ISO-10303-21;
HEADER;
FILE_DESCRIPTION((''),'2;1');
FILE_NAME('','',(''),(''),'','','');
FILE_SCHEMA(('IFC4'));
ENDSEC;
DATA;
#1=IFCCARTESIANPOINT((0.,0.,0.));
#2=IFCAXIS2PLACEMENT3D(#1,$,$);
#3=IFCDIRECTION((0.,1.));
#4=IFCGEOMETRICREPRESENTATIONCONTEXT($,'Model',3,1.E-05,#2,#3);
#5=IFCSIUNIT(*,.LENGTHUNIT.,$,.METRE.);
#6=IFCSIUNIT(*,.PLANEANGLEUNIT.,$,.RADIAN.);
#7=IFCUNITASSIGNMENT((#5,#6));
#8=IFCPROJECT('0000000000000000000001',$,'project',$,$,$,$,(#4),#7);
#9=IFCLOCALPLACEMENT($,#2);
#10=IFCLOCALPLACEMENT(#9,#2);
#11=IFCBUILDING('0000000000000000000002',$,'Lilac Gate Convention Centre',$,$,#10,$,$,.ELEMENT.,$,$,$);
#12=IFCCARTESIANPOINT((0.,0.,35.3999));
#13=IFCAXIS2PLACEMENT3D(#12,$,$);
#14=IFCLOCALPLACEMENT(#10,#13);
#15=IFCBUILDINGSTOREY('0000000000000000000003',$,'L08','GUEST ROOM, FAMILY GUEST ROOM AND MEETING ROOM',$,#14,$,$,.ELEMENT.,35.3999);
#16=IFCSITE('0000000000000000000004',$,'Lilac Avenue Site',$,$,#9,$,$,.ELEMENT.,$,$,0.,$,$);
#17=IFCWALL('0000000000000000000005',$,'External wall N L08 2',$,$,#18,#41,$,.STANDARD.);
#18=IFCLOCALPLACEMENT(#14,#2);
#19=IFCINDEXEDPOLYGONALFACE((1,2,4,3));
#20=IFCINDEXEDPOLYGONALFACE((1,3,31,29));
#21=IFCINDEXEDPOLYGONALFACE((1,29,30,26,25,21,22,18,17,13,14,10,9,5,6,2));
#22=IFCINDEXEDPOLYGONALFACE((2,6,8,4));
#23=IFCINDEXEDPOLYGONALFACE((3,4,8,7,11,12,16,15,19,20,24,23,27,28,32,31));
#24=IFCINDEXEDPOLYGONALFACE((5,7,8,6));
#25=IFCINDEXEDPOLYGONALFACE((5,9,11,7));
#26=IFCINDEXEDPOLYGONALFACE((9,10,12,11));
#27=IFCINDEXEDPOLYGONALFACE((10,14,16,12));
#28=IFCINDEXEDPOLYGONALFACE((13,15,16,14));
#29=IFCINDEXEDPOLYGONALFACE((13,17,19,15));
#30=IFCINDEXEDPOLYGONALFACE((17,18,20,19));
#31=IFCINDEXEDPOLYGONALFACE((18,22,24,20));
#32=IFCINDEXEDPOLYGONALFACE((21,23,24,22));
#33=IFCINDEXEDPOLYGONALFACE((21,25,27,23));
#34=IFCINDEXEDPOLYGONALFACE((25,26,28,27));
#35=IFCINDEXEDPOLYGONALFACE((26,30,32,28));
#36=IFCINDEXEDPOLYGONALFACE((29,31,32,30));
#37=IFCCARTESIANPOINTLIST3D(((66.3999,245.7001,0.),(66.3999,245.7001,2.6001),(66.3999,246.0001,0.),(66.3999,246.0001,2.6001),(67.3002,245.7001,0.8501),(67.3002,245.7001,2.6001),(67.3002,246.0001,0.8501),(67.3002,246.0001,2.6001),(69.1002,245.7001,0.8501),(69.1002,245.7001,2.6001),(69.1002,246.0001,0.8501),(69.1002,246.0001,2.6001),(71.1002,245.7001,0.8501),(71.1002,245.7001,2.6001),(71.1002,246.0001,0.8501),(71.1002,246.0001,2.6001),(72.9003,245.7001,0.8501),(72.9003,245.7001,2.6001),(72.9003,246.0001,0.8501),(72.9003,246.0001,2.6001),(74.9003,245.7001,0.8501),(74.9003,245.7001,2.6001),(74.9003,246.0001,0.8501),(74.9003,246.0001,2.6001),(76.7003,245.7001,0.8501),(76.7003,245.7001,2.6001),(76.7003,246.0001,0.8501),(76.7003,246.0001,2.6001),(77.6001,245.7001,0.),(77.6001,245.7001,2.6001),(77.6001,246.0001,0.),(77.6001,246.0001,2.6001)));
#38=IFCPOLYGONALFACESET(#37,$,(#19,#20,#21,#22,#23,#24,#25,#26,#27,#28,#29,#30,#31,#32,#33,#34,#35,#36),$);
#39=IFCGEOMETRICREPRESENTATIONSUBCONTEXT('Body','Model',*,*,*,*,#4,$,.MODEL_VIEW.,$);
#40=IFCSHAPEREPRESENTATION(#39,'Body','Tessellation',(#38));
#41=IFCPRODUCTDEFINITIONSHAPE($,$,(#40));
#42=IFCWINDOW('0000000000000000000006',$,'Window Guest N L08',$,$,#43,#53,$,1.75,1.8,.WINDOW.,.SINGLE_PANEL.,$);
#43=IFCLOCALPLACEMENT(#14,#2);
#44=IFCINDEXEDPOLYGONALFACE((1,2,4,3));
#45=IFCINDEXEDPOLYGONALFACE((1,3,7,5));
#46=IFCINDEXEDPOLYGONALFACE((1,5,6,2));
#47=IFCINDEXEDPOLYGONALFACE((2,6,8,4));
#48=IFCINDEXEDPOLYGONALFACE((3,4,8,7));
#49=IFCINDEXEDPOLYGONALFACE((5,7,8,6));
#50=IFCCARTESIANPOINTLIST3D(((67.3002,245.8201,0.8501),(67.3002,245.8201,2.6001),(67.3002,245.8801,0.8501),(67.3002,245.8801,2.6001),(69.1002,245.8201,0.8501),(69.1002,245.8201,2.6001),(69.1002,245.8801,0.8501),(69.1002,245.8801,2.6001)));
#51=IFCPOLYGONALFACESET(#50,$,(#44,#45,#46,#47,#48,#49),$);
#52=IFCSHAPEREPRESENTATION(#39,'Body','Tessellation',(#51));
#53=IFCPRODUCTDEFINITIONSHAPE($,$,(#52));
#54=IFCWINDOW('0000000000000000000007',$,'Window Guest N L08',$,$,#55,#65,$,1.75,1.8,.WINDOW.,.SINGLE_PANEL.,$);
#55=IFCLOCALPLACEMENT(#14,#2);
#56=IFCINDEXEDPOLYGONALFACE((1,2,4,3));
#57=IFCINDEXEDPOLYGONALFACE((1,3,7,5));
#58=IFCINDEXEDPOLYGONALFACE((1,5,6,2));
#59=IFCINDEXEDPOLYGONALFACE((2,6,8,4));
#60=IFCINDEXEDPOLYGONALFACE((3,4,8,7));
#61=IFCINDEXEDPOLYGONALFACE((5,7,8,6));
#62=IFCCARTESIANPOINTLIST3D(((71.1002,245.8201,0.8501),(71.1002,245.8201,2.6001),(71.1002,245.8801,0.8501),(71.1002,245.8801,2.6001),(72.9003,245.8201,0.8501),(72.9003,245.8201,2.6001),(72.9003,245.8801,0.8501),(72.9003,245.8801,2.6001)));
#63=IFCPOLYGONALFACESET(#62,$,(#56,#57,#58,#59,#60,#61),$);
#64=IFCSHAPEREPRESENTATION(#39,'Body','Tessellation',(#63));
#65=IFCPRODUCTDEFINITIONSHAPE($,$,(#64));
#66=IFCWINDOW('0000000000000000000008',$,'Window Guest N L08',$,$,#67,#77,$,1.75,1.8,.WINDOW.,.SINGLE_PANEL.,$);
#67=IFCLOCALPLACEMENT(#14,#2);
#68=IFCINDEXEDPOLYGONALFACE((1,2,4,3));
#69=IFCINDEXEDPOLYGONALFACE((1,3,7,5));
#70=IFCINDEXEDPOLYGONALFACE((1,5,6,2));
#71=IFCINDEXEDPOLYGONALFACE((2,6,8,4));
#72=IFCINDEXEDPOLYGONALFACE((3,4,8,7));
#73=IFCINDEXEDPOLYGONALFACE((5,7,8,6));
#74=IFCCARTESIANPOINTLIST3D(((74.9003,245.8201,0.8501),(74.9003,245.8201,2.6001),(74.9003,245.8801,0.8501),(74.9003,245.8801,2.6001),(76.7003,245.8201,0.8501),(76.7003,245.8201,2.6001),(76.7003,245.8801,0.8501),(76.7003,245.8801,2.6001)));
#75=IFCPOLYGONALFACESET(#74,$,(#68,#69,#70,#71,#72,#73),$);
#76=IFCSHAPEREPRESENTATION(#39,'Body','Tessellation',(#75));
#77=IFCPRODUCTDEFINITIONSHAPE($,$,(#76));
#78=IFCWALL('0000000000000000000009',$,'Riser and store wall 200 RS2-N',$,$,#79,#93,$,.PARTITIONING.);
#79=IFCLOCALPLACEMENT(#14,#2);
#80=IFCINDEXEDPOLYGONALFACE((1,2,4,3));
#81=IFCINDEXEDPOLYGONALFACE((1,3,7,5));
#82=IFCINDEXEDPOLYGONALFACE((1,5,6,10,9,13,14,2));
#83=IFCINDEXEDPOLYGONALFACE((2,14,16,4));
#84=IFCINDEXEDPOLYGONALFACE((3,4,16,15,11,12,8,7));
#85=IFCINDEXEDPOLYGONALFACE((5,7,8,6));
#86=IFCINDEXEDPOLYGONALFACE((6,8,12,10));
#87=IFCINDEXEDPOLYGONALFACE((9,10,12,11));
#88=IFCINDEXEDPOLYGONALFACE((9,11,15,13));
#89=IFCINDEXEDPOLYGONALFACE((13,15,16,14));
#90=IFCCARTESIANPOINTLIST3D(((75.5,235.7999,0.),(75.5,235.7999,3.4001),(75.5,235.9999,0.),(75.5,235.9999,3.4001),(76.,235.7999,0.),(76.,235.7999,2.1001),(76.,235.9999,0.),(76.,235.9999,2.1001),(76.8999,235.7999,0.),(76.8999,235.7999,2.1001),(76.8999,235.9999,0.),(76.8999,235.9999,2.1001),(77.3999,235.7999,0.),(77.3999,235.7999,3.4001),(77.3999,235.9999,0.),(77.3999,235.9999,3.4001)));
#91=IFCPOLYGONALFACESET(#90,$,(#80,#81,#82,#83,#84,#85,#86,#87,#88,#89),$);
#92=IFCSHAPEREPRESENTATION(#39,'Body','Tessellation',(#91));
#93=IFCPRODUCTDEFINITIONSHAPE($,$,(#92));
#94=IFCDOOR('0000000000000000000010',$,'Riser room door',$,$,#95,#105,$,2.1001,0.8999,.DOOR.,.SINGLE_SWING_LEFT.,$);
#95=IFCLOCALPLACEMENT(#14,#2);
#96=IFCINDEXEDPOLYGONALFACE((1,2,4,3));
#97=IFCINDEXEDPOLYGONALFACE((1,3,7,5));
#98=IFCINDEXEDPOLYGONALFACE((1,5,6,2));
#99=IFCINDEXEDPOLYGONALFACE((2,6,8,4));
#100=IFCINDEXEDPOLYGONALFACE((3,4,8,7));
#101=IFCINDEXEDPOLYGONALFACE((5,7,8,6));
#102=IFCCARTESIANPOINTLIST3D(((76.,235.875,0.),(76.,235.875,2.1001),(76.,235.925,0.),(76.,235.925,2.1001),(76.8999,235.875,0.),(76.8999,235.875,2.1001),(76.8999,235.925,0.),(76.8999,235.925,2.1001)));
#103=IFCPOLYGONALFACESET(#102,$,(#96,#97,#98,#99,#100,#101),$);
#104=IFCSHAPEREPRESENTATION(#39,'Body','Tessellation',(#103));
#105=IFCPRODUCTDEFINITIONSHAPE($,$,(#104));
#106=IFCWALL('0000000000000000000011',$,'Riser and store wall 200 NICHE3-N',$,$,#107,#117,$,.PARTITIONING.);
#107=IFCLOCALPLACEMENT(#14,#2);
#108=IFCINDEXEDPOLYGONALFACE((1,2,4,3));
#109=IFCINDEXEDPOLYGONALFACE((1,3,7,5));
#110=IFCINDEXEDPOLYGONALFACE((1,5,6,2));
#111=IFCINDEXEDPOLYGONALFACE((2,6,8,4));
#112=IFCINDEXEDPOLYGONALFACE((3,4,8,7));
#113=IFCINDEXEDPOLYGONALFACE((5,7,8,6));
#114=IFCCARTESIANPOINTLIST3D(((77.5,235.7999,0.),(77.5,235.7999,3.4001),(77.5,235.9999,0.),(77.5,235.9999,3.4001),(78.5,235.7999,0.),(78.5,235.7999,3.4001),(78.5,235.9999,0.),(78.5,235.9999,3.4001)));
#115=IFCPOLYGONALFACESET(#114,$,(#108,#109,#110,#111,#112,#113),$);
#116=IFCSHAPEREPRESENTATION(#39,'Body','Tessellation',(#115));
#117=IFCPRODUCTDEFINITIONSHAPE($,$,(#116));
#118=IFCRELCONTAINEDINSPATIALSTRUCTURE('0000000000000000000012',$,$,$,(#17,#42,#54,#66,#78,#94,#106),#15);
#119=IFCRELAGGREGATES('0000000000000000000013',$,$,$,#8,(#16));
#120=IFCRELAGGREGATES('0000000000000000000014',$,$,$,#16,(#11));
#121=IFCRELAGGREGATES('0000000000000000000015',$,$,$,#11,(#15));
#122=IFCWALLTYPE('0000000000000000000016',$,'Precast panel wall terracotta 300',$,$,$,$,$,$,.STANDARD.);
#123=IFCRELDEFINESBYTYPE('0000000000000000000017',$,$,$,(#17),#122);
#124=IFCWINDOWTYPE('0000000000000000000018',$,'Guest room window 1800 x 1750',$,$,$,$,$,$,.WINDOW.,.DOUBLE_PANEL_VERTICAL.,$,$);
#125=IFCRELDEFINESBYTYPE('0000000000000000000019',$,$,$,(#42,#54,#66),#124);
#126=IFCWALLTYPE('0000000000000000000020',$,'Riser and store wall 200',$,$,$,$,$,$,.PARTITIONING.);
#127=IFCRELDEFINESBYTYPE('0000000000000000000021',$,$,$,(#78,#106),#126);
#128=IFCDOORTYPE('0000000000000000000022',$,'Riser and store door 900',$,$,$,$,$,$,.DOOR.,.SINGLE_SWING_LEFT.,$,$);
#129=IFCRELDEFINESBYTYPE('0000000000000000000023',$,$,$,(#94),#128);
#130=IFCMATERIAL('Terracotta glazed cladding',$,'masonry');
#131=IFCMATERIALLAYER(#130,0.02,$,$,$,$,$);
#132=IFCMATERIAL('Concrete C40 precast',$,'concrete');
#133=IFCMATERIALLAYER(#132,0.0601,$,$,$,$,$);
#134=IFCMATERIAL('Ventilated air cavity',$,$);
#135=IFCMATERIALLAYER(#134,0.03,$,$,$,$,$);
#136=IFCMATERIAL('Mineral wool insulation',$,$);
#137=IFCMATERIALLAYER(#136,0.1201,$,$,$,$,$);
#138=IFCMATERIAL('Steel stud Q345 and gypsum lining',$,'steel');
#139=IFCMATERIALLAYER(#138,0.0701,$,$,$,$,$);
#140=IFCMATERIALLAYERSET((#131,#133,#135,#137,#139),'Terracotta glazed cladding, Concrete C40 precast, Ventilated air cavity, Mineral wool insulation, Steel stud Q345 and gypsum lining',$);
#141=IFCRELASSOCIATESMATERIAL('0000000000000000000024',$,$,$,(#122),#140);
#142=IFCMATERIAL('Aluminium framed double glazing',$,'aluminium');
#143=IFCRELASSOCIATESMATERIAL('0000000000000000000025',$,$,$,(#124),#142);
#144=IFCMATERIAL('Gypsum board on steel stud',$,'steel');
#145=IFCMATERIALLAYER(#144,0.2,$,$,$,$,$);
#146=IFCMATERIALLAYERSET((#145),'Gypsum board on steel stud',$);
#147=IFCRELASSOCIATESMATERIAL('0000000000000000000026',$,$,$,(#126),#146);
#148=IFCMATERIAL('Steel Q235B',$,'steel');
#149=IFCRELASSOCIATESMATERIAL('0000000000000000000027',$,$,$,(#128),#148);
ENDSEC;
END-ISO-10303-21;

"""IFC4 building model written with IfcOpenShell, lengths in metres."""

from ifc_helpers import new_model, si_unit, direction, frame, frame_2d, origin, place, context, subcontext, project, spatial, rectangle, extrude, material, layer, layer_set, type_object, element, fill, save


model = new_model("IFC4")

# Units and contexts
model_context = context("Model", 3, precision=1e-05, world=origin(), true_north=direction((0.0, 1.0)))
body_context = subcontext(model_context, "Body", "Model", "MODEL_VIEW")
ifc_project = project(units=[si_unit("LENGTHUNIT", "METRE"), si_unit("PLANEANGLEUNIT", "RADIAN")], contexts=[model_context])

# Site, building, storey
site_placement = place(None, origin())
site = spatial("IfcSite", under=ifc_project, at=site_placement, Name="Lilac Avenue Site", CompositionType="ELEMENT", RefElevation=0.0)
building_placement = place(site_placement, origin())
building = spatial("IfcBuilding", under=site, at=building_placement, Name="Lilac Gate Convention Centre", CompositionType="ELEMENT")
storey_placement = place(building_placement, frame((0.0, 0.0, 35.3999)))
storey = spatial("IfcBuildingStorey", under=building, at=storey_placement, Name="L08", Description="GUEST ROOM, FAMILY GUEST ROOM AND MEETING ROOM", CompositionType="ELEMENT", Elevation=35.3999)

# Shared definitions
ifc_material_1 = material(Name="Gypsum board on steel stud", Category="steel")

# Wall, openings, windows
ifc_material_2 = material(Name="Terracotta glazed cladding", Category="masonry")
ifc_layer_1 = layer(ifc_material_2, 0.02)
ifc_material_3 = material(Name="Concrete C40 precast", Category="concrete")
ifc_layer_2 = layer(ifc_material_3, 0.0601)
ifc_material_4 = material(Name="Ventilated air cavity")
ifc_layer_3 = layer(ifc_material_4, 0.03)
ifc_material_5 = material(Name="Mineral wool insulation")
ifc_layer_4 = layer(ifc_material_5, 0.1201)
ifc_material_6 = material(Name="Steel stud Q345 and gypsum lining", Category="steel")
ifc_layer_5 = layer(ifc_material_6, 0.0701)
ifc_layer_set_1 = layer_set([ifc_layer_1, ifc_layer_2, ifc_layer_3, ifc_layer_4, ifc_layer_5], Name="Terracotta glazed cladding, Concrete C40 precast, Ventilated air cavity, Mineral wool insulation, Steel stud Q345 and gypsum lining")
wall_type_1 = type_object("IfcWallType", Name="Precast panel wall terracotta 300", PredefinedType="STANDARD", material=ifc_layer_set_1)
wall_1_placement = place(storey_placement, frame((77.6001, 245.8501, 0.0), z_axis=(0.0, 0.0, 1.0), x_axis=(-1.0, 0.0, 0.0)))
wall_1 = element("IfcWall", 1, at=wall_1_placement, inside=storey, type_object=wall_type_1, Name="External wall N L08 2", PredefinedType="STANDARD", context=body_context, shape_type="SweptSolid", body=[
    extrude(rectangle(XDim=11.2002, YDim=0.3, at=frame_2d((5.6001, 0.0))), origin(), (0.0, 0.0, 1.0), 2.6001),
])
opening_1_placement = place(wall_1_placement, frame((8.5, 0.0, 0.8501)))
opening_1 = element("IfcOpeningElement", 2, at=opening_1_placement, cuts=wall_1, PredefinedType="OPENING", context=body_context, shape_type="SweptSolid", body=[
    extrude(rectangle(XDim=1.8, YDim=1.75, at=frame_2d((0.8999, 0.875))), frame((0.0, 0.1599, 0.0), z_axis=(0.0, -1.0, 0.0), x_axis=(1.0, 0.0, 0.0)), (0.0, 0.0, 1.0), 0.3201),
])
opening_2_placement = place(wall_1_placement, frame((4.7, 0.0, 0.8501)))
opening_2 = element("IfcOpeningElement", 3, at=opening_2_placement, cuts=wall_1, PredefinedType="OPENING", context=body_context, shape_type="SweptSolid", body=[
    extrude(rectangle(XDim=1.8, YDim=1.75, at=frame_2d((0.8999, 0.875))), frame((0.0, 0.1599, 0.0), z_axis=(0.0, -1.0, 0.0), x_axis=(1.0, 0.0, 0.0)), (0.0, 0.0, 1.0), 0.3201),
])
opening_3_placement = place(wall_1_placement, frame((0.8999, 0.0, 0.8501)))
opening_3 = element("IfcOpeningElement", 4, at=opening_3_placement, cuts=wall_1, PredefinedType="OPENING", context=body_context, shape_type="SweptSolid", body=[
    extrude(rectangle(XDim=1.8, YDim=1.75, at=frame_2d((0.8999, 0.875))), frame((0.0, 0.1599, 0.0), z_axis=(0.0, -1.0, 0.0), x_axis=(1.0, 0.0, 0.0)), (0.0, 0.0, 1.0), 0.3201),
])
ifc_material_7 = material(Name="Aluminium framed double glazing", Category="aluminium")
window_type = type_object("IfcWindowType", Name="Guest room window 1800 x 1750", PartitioningType="DOUBLE_PANEL_VERTICAL", PredefinedType="WINDOW", material=ifc_material_7)
window_1_placement = place(opening_1_placement, origin())
window_1 = element("IfcWindow", 5, at=window_1_placement, inside=storey, type_object=window_type, Name="Window Guest N L08", OverallHeight=1.75, OverallWidth=1.8, PartitioningType="SINGLE_PANEL", PredefinedType="WINDOW", context=body_context, shape_type="SweptSolid", body=[
    extrude(rectangle(XDim=1.8, YDim=1.75, at=frame_2d((0.8999, 0.875))), frame((0.0, 0.03, 0.0), z_axis=(0.0, -1.0, 0.0), x_axis=(1.0, 0.0, 0.0)), (0.0, 0.0, 1.0), 0.0601),
])
fill(opening_1, window_1)
window_2_placement = place(opening_2_placement, origin())
window_2 = element("IfcWindow", 6, at=window_2_placement, inside=storey, type_object=window_type, Name="Window Guest N L08", OverallHeight=1.75, OverallWidth=1.8, PartitioningType="SINGLE_PANEL", PredefinedType="WINDOW", context=body_context, shape_type="SweptSolid", body=[
    extrude(rectangle(XDim=1.8, YDim=1.75, at=frame_2d((0.8999, 0.875))), frame((0.0, 0.03, 0.0), z_axis=(0.0, -1.0, 0.0), x_axis=(1.0, 0.0, 0.0)), (0.0, 0.0, 1.0), 0.0601),
])
fill(opening_2, window_2)
window_3_placement = place(opening_3_placement, origin())
window_3 = element("IfcWindow", 7, at=window_3_placement, inside=storey, type_object=window_type, Name="Window Guest N L08", OverallHeight=1.75, OverallWidth=1.8, PartitioningType="SINGLE_PANEL", PredefinedType="WINDOW", context=body_context, shape_type="SweptSolid", body=[
    extrude(rectangle(XDim=1.8, YDim=1.75, at=frame_2d((0.8999, 0.875))), frame((0.0, 0.03, 0.0), z_axis=(0.0, -1.0, 0.0), x_axis=(1.0, 0.0, 0.0)), (0.0, 0.0, 1.0), 0.0601),
])
fill(opening_3, window_3)

# Wall, opening, door
ifc_layer_6 = layer(ifc_material_1, 0.2)
ifc_layer_set_2 = layer_set([ifc_layer_6], Name="Gypsum board on steel stud")
wall_type_2 = type_object("IfcWallType", Name="Riser and store wall 200", PredefinedType="PARTITIONING", material=ifc_layer_set_2)
wall_2_placement = place(storey_placement, frame((77.3999, 235.8999, 0.0), z_axis=(0.0, 0.0, 1.0), x_axis=(-1.0, 0.0, 0.0)))
wall_2 = element("IfcWall", 8, at=wall_2_placement, inside=storey, type_object=wall_type_2, Name="Riser and store wall 200 RS2-N", PredefinedType="PARTITIONING", context=body_context, shape_type="SweptSolid", body=[
    extrude(rectangle(XDim=1.8999, YDim=0.2, at=frame_2d((0.95, 0.0))), origin(), (0.0, 0.0, 1.0), 3.4001),
])
opening_4_placement = place(wall_2_placement, frame((0.5, 0.0, 0.0)))
opening_4 = element("IfcOpeningElement", 9, at=opening_4_placement, cuts=wall_2, PredefinedType="OPENING", context=body_context, shape_type="SweptSolid", body=[
    extrude(rectangle(XDim=0.8999, YDim=2.1001, at=frame_2d((0.45, 1.05))), frame((0.0, 0.1099, 0.0), z_axis=(0.0, -1.0, 0.0), x_axis=(1.0, 0.0, 0.0)), (0.0, 0.0, 1.0), 0.22),
])
ifc_material_8 = material(Name="Steel Q235B", Category="steel")
door_type_1 = type_object("IfcDoorType", Name="Riser and store door 900", OperationType="SINGLE_SWING_LEFT", PredefinedType="DOOR", material=ifc_material_8)
door_1_placement = place(opening_4_placement, origin())
door_1 = element("IfcDoor", 10, at=door_1_placement, inside=storey, type_object=door_type_1, Name="Riser room door", OperationType="SINGLE_SWING_LEFT", OverallHeight=2.1001, OverallWidth=0.8999, PredefinedType="DOOR", context=body_context, shape_type="SweptSolid", body=[
    extrude(rectangle(XDim=0.8999, YDim=2.1001, at=frame_2d((0.45, 1.05))), frame((0.0, 0.0249, 0.0), z_axis=(0.0, -1.0, 0.0), x_axis=(1.0, 0.0, 0.0)), (0.0, 0.0, 1.0), 0.05),
])
fill(opening_4, door_1)

# Wall
wall_3_placement = place(storey_placement, frame((77.5, 235.8999, 0.0), z_axis=(0.0, 0.0, 1.0), x_axis=(1.0, 0.0, 0.0)))
element("IfcWall", 11, at=wall_3_placement, inside=storey, type_object=wall_type_2, Name="Riser and store wall 200 NICHE3-N", PredefinedType="PARTITIONING", context=body_context, shape_type="SweptSolid", body=[
    extrude(rectangle(XDim=1.0, YDim=0.2, at=frame_2d((0.5, 0.0))), origin(), (0.0, 0.0, 1.0), 3.4001),
])

save(model, "model.ifc")
